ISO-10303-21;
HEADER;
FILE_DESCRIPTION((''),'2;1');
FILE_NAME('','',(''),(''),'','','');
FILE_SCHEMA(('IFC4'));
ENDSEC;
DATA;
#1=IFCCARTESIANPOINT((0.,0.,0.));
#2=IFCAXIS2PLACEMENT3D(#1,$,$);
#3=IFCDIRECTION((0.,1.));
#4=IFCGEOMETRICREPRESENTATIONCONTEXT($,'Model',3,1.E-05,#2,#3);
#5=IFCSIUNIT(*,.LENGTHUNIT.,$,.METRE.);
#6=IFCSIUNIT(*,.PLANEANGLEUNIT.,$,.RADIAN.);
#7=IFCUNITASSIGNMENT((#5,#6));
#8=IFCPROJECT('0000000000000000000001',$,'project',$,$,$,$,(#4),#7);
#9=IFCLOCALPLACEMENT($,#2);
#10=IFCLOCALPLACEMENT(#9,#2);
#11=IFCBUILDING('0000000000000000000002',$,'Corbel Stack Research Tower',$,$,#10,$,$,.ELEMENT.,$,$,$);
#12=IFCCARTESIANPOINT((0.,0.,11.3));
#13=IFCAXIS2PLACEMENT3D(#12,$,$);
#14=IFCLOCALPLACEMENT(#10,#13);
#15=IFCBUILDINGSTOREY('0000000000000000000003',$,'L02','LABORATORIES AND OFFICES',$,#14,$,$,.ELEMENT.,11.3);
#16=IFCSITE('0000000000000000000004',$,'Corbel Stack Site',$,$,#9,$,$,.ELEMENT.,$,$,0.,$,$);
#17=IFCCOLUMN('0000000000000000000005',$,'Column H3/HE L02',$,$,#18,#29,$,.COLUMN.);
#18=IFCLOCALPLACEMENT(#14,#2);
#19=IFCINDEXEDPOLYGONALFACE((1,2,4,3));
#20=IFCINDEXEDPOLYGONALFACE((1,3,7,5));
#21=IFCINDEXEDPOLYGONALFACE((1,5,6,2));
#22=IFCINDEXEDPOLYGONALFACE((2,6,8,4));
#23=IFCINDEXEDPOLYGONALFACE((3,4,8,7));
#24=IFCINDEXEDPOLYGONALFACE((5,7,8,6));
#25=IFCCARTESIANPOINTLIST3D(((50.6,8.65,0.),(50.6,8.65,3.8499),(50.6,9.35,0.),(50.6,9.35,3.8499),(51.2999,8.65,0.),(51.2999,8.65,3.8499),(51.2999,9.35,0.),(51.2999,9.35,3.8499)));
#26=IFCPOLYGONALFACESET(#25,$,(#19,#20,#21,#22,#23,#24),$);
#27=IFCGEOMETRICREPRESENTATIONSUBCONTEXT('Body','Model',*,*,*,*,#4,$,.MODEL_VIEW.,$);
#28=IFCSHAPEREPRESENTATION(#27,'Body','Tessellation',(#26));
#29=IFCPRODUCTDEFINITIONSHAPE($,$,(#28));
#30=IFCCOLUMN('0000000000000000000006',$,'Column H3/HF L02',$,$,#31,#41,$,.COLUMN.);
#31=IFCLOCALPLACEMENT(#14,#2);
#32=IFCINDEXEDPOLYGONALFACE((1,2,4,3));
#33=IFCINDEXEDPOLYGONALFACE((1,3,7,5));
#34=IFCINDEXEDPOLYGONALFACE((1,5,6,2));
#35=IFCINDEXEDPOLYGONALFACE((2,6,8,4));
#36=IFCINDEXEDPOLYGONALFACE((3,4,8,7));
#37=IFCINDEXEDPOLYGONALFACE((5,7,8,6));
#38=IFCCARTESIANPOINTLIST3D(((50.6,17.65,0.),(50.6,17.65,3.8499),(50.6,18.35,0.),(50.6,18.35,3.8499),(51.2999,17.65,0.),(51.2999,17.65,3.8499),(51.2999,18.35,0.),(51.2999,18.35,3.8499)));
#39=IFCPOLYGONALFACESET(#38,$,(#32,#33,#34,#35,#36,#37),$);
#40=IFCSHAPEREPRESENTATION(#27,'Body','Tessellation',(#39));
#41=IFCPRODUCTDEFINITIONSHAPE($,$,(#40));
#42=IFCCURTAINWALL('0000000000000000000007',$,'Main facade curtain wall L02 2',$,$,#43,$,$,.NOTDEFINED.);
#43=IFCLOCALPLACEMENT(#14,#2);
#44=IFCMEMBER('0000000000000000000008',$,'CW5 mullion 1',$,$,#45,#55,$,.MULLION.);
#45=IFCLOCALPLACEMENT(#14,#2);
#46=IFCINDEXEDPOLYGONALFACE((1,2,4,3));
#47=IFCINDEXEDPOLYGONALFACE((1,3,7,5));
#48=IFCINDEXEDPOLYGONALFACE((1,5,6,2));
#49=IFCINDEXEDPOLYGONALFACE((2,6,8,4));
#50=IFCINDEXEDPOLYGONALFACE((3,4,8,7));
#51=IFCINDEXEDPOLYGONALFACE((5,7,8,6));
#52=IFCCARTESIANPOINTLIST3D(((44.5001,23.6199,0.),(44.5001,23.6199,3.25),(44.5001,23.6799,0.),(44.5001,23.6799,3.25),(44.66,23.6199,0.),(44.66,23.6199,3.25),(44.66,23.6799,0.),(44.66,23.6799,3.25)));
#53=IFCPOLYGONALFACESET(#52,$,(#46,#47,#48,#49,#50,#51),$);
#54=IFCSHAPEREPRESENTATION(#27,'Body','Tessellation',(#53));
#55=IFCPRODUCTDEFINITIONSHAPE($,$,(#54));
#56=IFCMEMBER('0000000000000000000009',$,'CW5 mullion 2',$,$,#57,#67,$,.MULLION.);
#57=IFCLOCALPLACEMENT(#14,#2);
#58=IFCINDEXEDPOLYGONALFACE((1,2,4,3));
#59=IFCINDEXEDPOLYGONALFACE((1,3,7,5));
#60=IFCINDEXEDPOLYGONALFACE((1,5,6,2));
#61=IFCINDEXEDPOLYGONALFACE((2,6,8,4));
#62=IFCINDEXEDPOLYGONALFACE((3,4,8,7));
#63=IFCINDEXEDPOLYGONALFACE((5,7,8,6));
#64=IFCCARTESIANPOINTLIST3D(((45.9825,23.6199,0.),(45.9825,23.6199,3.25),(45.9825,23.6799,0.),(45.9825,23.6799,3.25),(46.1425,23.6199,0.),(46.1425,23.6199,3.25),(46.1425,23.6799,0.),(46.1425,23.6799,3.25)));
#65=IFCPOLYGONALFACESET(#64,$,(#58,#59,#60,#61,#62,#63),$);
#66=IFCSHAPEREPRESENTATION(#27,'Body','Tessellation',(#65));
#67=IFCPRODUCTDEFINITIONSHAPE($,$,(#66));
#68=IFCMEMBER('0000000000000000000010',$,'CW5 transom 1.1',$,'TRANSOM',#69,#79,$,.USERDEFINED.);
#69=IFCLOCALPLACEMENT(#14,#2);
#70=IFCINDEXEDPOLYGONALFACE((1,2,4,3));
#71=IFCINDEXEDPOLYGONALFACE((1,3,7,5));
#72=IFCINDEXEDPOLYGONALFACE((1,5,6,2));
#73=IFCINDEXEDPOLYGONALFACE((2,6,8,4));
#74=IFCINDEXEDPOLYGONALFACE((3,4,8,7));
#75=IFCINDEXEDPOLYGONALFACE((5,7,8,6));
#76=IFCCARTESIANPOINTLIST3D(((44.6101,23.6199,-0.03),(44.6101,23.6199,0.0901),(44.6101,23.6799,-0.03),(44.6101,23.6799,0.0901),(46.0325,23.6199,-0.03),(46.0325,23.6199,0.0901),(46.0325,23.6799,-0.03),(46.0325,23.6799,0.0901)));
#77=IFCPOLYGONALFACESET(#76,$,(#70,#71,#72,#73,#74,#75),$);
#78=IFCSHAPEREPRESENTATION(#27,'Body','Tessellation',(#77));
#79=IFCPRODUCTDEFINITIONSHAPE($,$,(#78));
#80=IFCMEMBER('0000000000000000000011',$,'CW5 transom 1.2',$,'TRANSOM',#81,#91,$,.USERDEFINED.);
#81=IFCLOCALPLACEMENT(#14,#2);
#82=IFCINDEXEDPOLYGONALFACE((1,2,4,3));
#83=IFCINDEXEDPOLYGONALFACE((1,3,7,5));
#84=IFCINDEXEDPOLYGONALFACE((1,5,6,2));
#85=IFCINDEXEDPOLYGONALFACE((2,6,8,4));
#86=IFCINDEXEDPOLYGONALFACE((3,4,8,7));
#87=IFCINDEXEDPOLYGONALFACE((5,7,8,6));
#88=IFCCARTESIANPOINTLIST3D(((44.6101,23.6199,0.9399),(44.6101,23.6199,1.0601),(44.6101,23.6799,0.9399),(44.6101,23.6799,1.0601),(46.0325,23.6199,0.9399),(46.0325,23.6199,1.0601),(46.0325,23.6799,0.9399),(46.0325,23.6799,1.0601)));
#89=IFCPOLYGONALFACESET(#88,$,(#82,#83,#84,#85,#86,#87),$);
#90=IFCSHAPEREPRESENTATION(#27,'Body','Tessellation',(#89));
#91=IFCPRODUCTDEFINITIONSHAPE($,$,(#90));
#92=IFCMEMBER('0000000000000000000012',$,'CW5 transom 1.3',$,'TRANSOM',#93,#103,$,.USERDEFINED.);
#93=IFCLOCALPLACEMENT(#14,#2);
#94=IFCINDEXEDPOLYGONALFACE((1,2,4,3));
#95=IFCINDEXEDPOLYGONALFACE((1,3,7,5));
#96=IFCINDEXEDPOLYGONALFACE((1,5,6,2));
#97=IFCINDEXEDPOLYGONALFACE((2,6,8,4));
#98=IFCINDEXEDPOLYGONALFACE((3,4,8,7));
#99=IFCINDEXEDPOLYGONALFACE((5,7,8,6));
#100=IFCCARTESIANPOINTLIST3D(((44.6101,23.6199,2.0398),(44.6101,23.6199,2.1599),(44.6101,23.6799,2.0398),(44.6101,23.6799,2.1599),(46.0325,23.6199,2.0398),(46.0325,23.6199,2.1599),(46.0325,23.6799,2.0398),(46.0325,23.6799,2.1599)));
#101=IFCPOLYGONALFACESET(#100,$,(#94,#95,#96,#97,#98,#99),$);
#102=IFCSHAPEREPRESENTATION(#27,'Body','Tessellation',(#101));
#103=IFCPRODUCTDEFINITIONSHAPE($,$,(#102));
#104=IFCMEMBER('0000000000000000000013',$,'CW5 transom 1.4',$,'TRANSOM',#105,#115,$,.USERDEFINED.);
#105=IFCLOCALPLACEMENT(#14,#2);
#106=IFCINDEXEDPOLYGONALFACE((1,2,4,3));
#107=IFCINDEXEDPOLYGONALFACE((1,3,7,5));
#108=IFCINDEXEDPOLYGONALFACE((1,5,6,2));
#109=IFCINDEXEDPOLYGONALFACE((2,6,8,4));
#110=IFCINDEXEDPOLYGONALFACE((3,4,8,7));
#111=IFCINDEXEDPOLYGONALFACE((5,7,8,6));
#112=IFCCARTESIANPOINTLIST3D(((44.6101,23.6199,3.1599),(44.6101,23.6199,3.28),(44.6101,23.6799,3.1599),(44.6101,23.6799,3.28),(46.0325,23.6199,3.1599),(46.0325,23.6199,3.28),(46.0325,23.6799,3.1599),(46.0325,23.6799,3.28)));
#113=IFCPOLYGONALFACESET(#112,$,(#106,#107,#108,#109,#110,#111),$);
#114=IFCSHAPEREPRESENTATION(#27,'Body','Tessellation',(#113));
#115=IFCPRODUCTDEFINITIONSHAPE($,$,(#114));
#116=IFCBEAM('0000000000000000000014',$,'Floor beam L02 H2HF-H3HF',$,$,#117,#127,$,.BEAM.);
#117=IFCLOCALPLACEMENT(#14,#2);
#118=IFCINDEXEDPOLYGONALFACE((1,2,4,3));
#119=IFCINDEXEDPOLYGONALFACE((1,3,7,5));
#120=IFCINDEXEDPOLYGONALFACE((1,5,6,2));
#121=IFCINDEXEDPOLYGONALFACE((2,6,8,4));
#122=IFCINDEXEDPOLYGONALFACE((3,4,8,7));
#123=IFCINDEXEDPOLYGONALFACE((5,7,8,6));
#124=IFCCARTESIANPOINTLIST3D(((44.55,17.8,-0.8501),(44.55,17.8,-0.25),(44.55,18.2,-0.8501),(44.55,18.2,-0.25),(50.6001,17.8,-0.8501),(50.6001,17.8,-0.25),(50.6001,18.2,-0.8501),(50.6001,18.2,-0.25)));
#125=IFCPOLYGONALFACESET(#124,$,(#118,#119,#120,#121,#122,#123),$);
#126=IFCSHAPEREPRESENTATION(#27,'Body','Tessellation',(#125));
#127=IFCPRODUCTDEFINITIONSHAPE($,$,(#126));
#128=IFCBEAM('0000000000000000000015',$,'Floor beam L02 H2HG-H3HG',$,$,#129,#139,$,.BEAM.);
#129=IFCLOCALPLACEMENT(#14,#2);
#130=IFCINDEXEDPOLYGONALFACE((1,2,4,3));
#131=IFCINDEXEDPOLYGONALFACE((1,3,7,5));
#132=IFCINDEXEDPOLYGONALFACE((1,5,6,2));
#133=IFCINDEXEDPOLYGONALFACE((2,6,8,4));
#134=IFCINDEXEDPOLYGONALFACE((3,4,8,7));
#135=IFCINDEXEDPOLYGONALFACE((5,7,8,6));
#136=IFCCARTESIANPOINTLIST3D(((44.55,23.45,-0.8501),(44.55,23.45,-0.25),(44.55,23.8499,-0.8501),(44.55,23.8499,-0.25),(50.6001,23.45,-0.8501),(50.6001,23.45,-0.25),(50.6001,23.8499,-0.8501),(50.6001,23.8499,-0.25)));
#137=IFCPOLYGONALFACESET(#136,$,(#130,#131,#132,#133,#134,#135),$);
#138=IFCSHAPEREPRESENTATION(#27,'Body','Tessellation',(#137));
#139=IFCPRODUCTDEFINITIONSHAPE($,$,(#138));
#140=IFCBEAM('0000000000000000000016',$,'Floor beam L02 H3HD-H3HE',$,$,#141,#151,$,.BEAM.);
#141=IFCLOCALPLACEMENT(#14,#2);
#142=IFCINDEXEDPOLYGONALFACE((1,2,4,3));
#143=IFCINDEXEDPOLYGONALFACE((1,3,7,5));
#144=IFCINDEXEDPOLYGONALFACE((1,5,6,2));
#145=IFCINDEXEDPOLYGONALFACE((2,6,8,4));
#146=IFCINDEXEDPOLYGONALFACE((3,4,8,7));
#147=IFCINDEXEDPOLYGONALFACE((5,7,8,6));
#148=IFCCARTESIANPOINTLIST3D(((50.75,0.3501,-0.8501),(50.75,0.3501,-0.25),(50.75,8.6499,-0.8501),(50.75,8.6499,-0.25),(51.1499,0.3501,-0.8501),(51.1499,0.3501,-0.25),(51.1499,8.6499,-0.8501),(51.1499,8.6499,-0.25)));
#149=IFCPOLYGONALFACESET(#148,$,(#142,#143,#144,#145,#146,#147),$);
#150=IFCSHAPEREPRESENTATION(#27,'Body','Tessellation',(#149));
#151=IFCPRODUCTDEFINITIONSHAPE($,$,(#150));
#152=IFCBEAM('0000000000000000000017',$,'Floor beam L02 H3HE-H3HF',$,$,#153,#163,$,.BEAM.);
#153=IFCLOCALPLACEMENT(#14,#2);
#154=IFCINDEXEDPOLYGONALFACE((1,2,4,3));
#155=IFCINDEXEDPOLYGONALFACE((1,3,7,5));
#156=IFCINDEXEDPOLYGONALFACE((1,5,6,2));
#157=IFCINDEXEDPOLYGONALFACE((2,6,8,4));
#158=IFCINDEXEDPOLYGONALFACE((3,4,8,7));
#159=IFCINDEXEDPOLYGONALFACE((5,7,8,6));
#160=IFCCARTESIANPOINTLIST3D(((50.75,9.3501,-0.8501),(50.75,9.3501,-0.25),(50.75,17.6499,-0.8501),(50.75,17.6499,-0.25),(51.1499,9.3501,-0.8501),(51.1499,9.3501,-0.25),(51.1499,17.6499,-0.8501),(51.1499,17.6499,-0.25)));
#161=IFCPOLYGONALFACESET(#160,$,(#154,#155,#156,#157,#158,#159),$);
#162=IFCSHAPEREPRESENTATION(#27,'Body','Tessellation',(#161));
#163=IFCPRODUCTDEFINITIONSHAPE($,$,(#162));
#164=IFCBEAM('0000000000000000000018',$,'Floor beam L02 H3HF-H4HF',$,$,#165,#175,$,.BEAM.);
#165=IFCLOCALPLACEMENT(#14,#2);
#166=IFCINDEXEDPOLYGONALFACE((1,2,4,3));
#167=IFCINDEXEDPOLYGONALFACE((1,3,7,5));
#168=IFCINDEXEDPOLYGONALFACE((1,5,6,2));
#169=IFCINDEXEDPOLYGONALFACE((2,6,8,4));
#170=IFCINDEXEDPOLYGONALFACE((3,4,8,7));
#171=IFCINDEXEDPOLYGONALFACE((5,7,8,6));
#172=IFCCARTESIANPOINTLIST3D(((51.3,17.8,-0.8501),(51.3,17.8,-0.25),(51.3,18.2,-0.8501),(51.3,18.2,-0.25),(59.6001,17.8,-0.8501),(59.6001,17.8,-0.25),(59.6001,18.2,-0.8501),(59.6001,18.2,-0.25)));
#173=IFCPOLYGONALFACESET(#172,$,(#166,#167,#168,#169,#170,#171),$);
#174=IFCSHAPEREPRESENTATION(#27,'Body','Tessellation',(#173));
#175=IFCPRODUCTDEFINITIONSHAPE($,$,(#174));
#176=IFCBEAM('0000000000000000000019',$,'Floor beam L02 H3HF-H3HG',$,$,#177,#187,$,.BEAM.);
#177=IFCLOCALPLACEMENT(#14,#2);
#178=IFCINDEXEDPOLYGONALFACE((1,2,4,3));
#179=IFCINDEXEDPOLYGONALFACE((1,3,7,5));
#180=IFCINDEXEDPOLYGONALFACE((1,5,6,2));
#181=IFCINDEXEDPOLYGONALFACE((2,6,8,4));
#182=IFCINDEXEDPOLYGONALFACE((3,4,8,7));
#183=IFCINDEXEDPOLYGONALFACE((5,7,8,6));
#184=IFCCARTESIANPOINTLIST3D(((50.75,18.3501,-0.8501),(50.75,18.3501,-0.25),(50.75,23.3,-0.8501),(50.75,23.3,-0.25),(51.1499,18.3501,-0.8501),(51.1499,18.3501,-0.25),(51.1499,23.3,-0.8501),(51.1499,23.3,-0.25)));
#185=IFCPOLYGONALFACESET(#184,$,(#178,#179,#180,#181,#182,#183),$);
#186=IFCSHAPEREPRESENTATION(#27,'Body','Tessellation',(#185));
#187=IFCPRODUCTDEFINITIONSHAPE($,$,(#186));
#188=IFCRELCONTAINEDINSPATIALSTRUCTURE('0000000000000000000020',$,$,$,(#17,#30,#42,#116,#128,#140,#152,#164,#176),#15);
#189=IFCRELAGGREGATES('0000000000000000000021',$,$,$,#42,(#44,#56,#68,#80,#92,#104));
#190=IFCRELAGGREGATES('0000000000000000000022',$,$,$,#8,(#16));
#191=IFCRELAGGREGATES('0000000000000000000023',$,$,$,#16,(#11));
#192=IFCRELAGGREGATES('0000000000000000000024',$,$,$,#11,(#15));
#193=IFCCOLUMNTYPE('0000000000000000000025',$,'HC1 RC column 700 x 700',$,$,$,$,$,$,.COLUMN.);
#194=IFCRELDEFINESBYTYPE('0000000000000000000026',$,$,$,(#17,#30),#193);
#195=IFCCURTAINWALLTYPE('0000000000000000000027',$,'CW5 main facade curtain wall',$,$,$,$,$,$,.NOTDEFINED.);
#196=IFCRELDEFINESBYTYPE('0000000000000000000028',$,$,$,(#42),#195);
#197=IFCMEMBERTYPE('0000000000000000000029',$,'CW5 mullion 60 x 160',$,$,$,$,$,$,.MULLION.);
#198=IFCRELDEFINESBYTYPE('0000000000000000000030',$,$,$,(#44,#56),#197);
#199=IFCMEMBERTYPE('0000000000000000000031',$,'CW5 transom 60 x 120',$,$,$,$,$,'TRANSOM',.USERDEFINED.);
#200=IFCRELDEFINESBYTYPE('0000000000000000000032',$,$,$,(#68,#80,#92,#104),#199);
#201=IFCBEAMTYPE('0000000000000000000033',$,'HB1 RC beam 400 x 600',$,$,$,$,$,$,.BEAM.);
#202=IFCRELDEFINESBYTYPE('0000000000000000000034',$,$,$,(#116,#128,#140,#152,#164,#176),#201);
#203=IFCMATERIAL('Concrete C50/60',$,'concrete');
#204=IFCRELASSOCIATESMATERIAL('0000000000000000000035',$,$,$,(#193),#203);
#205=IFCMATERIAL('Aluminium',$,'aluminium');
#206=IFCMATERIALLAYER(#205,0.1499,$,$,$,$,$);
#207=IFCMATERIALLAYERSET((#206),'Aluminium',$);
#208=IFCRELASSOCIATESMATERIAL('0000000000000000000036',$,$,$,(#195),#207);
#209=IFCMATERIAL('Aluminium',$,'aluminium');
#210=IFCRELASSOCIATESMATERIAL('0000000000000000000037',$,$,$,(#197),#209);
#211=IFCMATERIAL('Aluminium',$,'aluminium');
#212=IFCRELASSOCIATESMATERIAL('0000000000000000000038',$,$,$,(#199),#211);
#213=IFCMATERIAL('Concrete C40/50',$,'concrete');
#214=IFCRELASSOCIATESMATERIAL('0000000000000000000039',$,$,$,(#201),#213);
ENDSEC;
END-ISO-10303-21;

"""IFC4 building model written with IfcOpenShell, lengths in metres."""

from ifc_helpers import new_model, si_unit, direction, frame, origin, origin_2d, place, context, subcontext, project, spatial, rectangle, extrude, material, layer, layer_set, material_profile, profile_set, type_object, element, aggregate, save


model = new_model("IFC4")

# Units and contexts
model_context = context("Model", 3, precision=1e-05, world=origin(), true_north=direction((0.0, 1.0)))
body_context = subcontext(model_context, "Body", "Model", "MODEL_VIEW")
ifc_project = project(units=[si_unit("LENGTHUNIT", "METRE"), si_unit("PLANEANGLEUNIT", "RADIAN")], contexts=[model_context])

# Site, building, storey
site_placement = place(None, origin())
site = spatial("IfcSite", under=ifc_project, at=site_placement, Name="Corbel Stack Site", CompositionType="ELEMENT", RefElevation=0.0)
building_placement = place(site_placement, origin())
building = spatial("IfcBuilding", under=site, at=building_placement, Name="Corbel Stack Research Tower", CompositionType="ELEMENT")
storey_placement = place(building_placement, frame((0.0, 0.0, 11.3)))
storey = spatial("IfcBuildingStorey", under=building, at=storey_placement, Name="L02", Description="LABORATORIES AND OFFICES", CompositionType="ELEMENT", Elevation=11.3)

# Columns
ifc_material_1 = material(Name="Concrete C50/60", Category="concrete")
ifc_material_profile_1 = material_profile(ifc_material_1, rectangle(XDim=0.7, YDim=0.7, at=origin_2d()), Name="RC 700 x 700")
ifc_profile_set_1 = profile_set([ifc_material_profile_1], Name="Concrete C50/60")
column_type = type_object("IfcColumnType", Name="HC1 RC column 700 x 700", PredefinedType="COLUMN", material=ifc_profile_set_1)
for number, where, z_axis, x_axis, name in (
    (1, (50.95, 9.0, 0.0), (0.0, 0.0, 1.0), (1.0, 0.0, 0.0), "Column H3/HE L02"),
    (2, (50.95, 18.0, 0.0), (0.0, 0.0, 1.0), (1.0, 0.0, 0.0), "Column H3/HF L02"),
):
    element("IfcColumn", number, at=place(storey_placement, frame(where, z_axis=z_axis, x_axis=x_axis)), inside=storey, type_object=column_type, Name=name, PredefinedType="COLUMN", context=body_context, shape_type="SweptSolid", body=[
        extrude(rectangle(XDim=0.7, YDim=0.7, at=origin_2d()), origin(), (0.0, 0.0, 1.0), 3.8499),
    ])

# Curtain wall, members
ifc_material_2 = material(Name="Aluminium", Category="aluminium")
ifc_layer_1 = layer(ifc_material_2, 0.1499)
ifc_layer_set_1 = layer_set([ifc_layer_1], Name="Aluminium")
curtain_wall_type = type_object("IfcCurtainWallType", Name="CW5 main facade curtain wall", PredefinedType="NOTDEFINED", material=ifc_layer_set_1)
curtain_wall_placement = place(storey_placement, origin())
curtain_wall = element("IfcCurtainWall", 3, at=curtain_wall_placement, inside=storey, type_object=curtain_wall_type, Name="Main facade curtain wall L02 2", PredefinedType="NOTDEFINED")
ifc_material_3 = material(Name="Aluminium", Category="aluminium")
ifc_material_profile_2 = material_profile(ifc_material_3, rectangle(XDim=0.0601, YDim=0.1599, at=origin_2d()), Name="Mullion 60 x 160")
ifc_profile_set_2 = profile_set([ifc_material_profile_2], Name="Aluminium")
member_type_1 = type_object("IfcMemberType", Name="CW5 mullion 60 x 160", PredefinedType="MULLION", material=ifc_profile_set_2)
member_1_placement = place(storey_placement, frame((44.5801, 23.6499, 0.0), z_axis=(0.0, 0.0, 1.0), x_axis=(0.0, 1.0, 0.0)))
member_1 = element("IfcMember", 4, at=member_1_placement, type_object=member_type_1, Name="CW5 mullion 1", PredefinedType="MULLION", context=body_context, shape_type="SweptSolid", body=[
    extrude(rectangle(XDim=0.0601, YDim=0.1599, at=origin_2d()), origin(), (0.0, 0.0, 1.0), 3.25),
])
member_2_placement = place(storey_placement, frame((46.0625, 23.6499, 0.0), z_axis=(0.0, 0.0, 1.0), x_axis=(0.0, 1.0, 0.0)))
member_2 = element("IfcMember", 5, at=member_2_placement, type_object=member_type_1, Name="CW5 mullion 2", PredefinedType="MULLION", context=body_context, shape_type="SweptSolid", body=[
    extrude(rectangle(XDim=0.0601, YDim=0.1599, at=origin_2d()), origin(), (0.0, 0.0, 1.0), 3.25),
])
ifc_material_4 = material(Name="Aluminium", Category="aluminium")
ifc_material_profile_3 = material_profile(ifc_material_4, rectangle(XDim=0.0601, YDim=0.1201, at=origin_2d()), Name="Transom 60 x 120")
ifc_profile_set_3 = profile_set([ifc_material_profile_3], Name="Aluminium")
member_type_2 = type_object("IfcMemberType", Name="CW5 transom 60 x 120", ElementType="TRANSOM", PredefinedType="USERDEFINED", material=ifc_profile_set_3)
member_3_placement = place(storey_placement, frame((44.6101, 23.6499, 0.03), z_axis=(1.0, 0.0, 0.0), x_axis=(0.0, 1.0, 0.0)))
member_3 = element("IfcMember", 6, at=member_3_placement, type_object=member_type_2, Name="CW5 transom 1.1", ObjectType="TRANSOM", PredefinedType="USERDEFINED", context=body_context, shape_type="SweptSolid", body=[
    extrude(rectangle(XDim=0.0601, YDim=0.1201, at=origin_2d()), origin(), (0.0, 0.0, 1.0), 1.4224),
])
member_4_placement = place(storey_placement, frame((44.6101, 23.6499, 1.0), z_axis=(1.0, 0.0, 0.0), x_axis=(0.0, 1.0, 0.0)))
member_4 = element("IfcMember", 7, at=member_4_placement, type_object=member_type_2, Name="CW5 transom 1.2", ObjectType="TRANSOM", PredefinedType="USERDEFINED", context=body_context, shape_type="SweptSolid", body=[
    extrude(rectangle(XDim=0.0601, YDim=0.1201, at=origin_2d()), origin(), (0.0, 0.0, 1.0), 1.4224),
])
member_5_placement = place(storey_placement, frame((44.6101, 23.6499, 2.0999), z_axis=(1.0, 0.0, 0.0), x_axis=(0.0, 1.0, 0.0)))
member_5 = element("IfcMember", 8, at=member_5_placement, type_object=member_type_2, Name="CW5 transom 1.3", ObjectType="TRANSOM", PredefinedType="USERDEFINED", context=body_context, shape_type="SweptSolid", body=[
    extrude(rectangle(XDim=0.0601, YDim=0.1201, at=origin_2d()), origin(), (0.0, 0.0, 1.0), 1.4224),
])
member_6_placement = place(storey_placement, frame((44.6101, 23.6499, 3.22), z_axis=(1.0, 0.0, 0.0), x_axis=(0.0, 1.0, 0.0)))
member_6 = element("IfcMember", 9, at=member_6_placement, type_object=member_type_2, Name="CW5 transom 1.4", ObjectType="TRANSOM", PredefinedType="USERDEFINED", context=body_context, shape_type="SweptSolid", body=[
    extrude(rectangle(XDim=0.0601, YDim=0.1201, at=origin_2d()), origin(), (0.0, 0.0, 1.0), 1.4224),
])

# Beams
ifc_material_5 = material(Name="Concrete C40/50", Category="concrete")
ifc_material_profile_4 = material_profile(ifc_material_5, rectangle(XDim=0.3999, YDim=0.6001, at=origin_2d()), Name="RC 400 x 600")
ifc_profile_set_4 = profile_set([ifc_material_profile_4], Name="Concrete C40/50")
beam_type = type_object("IfcBeamType", Name="HB1 RC beam 400 x 600", PredefinedType="BEAM", material=ifc_profile_set_4)
for number, where, z_axis, x_axis, name in (
    (10, (44.55, 18.0, -0.55), (1.0, 0.0, 0.0), (0.0, 1.0, 0.0), "Floor beam L02 H2HF-H3HF"),
    (11, (44.55, 23.6499, -0.55), (1.0, 0.0, 0.0), (0.0, 1.0, 0.0), "Floor beam L02 H2HG-H3HG"),
):
    element("IfcBeam", number, at=place(storey_placement, frame(where, z_axis=z_axis, x_axis=x_axis)), inside=storey, type_object=beam_type, Name=name, PredefinedType="BEAM", context=body_context, shape_type="SweptSolid", body=[
        extrude(rectangle(XDim=0.3999, YDim=0.6001, at=origin_2d()), origin(), (0.0, 0.0, 1.0), 6.05),
    ])
for number, where, z_axis, x_axis, name in (
    (12, (50.95, 0.3501, -0.55), (0.0, 1.0, 0.0), (-1.0, 0.0, 0.0), "Floor beam L02 H3HD-H3HE"),
    (13, (50.95, 9.3501, -0.55), (0.0, 1.0, 0.0), (-1.0, 0.0, 0.0), "Floor beam L02 H3HE-H3HF"),
):
    element("IfcBeam", number, at=place(storey_placement, frame(where, z_axis=z_axis, x_axis=x_axis)), inside=storey, type_object=beam_type, Name=name, PredefinedType="BEAM", context=body_context, shape_type="SweptSolid", body=[
        extrude(rectangle(XDim=0.3999, YDim=0.6001, at=origin_2d()), origin(), (0.0, 0.0, 1.0), 8.2998),
    ])
beam_1_placement = place(storey_placement, frame((51.3, 18.0, -0.55), z_axis=(1.0, 0.0, 0.0), x_axis=(0.0, 1.0, 0.0)))
element("IfcBeam", 14, at=beam_1_placement, inside=storey, type_object=beam_type, Name="Floor beam L02 H3HF-H4HF", PredefinedType="BEAM", context=body_context, shape_type="SweptSolid", body=[
    extrude(rectangle(XDim=0.3999, YDim=0.6001, at=origin_2d()), origin(), (0.0, 0.0, 1.0), 8.3),
])
beam_2_placement = place(storey_placement, frame((50.95, 18.3501, -0.55), z_axis=(0.0, 1.0, 0.0), x_axis=(-1.0, 0.0, 0.0)))
element("IfcBeam", 15, at=beam_2_placement, inside=storey, type_object=beam_type, Name="Floor beam L02 H3HF-H3HG", PredefinedType="BEAM", context=body_context, shape_type="SweptSolid", body=[
    extrude(rectangle(XDim=0.3999, YDim=0.6001, at=origin_2d()), origin(), (0.0, 0.0, 1.0), 4.95),
])

aggregate(curtain_wall, [member_1, member_2, member_3, member_4, member_5, member_6])

save(model, "model.ifc")
